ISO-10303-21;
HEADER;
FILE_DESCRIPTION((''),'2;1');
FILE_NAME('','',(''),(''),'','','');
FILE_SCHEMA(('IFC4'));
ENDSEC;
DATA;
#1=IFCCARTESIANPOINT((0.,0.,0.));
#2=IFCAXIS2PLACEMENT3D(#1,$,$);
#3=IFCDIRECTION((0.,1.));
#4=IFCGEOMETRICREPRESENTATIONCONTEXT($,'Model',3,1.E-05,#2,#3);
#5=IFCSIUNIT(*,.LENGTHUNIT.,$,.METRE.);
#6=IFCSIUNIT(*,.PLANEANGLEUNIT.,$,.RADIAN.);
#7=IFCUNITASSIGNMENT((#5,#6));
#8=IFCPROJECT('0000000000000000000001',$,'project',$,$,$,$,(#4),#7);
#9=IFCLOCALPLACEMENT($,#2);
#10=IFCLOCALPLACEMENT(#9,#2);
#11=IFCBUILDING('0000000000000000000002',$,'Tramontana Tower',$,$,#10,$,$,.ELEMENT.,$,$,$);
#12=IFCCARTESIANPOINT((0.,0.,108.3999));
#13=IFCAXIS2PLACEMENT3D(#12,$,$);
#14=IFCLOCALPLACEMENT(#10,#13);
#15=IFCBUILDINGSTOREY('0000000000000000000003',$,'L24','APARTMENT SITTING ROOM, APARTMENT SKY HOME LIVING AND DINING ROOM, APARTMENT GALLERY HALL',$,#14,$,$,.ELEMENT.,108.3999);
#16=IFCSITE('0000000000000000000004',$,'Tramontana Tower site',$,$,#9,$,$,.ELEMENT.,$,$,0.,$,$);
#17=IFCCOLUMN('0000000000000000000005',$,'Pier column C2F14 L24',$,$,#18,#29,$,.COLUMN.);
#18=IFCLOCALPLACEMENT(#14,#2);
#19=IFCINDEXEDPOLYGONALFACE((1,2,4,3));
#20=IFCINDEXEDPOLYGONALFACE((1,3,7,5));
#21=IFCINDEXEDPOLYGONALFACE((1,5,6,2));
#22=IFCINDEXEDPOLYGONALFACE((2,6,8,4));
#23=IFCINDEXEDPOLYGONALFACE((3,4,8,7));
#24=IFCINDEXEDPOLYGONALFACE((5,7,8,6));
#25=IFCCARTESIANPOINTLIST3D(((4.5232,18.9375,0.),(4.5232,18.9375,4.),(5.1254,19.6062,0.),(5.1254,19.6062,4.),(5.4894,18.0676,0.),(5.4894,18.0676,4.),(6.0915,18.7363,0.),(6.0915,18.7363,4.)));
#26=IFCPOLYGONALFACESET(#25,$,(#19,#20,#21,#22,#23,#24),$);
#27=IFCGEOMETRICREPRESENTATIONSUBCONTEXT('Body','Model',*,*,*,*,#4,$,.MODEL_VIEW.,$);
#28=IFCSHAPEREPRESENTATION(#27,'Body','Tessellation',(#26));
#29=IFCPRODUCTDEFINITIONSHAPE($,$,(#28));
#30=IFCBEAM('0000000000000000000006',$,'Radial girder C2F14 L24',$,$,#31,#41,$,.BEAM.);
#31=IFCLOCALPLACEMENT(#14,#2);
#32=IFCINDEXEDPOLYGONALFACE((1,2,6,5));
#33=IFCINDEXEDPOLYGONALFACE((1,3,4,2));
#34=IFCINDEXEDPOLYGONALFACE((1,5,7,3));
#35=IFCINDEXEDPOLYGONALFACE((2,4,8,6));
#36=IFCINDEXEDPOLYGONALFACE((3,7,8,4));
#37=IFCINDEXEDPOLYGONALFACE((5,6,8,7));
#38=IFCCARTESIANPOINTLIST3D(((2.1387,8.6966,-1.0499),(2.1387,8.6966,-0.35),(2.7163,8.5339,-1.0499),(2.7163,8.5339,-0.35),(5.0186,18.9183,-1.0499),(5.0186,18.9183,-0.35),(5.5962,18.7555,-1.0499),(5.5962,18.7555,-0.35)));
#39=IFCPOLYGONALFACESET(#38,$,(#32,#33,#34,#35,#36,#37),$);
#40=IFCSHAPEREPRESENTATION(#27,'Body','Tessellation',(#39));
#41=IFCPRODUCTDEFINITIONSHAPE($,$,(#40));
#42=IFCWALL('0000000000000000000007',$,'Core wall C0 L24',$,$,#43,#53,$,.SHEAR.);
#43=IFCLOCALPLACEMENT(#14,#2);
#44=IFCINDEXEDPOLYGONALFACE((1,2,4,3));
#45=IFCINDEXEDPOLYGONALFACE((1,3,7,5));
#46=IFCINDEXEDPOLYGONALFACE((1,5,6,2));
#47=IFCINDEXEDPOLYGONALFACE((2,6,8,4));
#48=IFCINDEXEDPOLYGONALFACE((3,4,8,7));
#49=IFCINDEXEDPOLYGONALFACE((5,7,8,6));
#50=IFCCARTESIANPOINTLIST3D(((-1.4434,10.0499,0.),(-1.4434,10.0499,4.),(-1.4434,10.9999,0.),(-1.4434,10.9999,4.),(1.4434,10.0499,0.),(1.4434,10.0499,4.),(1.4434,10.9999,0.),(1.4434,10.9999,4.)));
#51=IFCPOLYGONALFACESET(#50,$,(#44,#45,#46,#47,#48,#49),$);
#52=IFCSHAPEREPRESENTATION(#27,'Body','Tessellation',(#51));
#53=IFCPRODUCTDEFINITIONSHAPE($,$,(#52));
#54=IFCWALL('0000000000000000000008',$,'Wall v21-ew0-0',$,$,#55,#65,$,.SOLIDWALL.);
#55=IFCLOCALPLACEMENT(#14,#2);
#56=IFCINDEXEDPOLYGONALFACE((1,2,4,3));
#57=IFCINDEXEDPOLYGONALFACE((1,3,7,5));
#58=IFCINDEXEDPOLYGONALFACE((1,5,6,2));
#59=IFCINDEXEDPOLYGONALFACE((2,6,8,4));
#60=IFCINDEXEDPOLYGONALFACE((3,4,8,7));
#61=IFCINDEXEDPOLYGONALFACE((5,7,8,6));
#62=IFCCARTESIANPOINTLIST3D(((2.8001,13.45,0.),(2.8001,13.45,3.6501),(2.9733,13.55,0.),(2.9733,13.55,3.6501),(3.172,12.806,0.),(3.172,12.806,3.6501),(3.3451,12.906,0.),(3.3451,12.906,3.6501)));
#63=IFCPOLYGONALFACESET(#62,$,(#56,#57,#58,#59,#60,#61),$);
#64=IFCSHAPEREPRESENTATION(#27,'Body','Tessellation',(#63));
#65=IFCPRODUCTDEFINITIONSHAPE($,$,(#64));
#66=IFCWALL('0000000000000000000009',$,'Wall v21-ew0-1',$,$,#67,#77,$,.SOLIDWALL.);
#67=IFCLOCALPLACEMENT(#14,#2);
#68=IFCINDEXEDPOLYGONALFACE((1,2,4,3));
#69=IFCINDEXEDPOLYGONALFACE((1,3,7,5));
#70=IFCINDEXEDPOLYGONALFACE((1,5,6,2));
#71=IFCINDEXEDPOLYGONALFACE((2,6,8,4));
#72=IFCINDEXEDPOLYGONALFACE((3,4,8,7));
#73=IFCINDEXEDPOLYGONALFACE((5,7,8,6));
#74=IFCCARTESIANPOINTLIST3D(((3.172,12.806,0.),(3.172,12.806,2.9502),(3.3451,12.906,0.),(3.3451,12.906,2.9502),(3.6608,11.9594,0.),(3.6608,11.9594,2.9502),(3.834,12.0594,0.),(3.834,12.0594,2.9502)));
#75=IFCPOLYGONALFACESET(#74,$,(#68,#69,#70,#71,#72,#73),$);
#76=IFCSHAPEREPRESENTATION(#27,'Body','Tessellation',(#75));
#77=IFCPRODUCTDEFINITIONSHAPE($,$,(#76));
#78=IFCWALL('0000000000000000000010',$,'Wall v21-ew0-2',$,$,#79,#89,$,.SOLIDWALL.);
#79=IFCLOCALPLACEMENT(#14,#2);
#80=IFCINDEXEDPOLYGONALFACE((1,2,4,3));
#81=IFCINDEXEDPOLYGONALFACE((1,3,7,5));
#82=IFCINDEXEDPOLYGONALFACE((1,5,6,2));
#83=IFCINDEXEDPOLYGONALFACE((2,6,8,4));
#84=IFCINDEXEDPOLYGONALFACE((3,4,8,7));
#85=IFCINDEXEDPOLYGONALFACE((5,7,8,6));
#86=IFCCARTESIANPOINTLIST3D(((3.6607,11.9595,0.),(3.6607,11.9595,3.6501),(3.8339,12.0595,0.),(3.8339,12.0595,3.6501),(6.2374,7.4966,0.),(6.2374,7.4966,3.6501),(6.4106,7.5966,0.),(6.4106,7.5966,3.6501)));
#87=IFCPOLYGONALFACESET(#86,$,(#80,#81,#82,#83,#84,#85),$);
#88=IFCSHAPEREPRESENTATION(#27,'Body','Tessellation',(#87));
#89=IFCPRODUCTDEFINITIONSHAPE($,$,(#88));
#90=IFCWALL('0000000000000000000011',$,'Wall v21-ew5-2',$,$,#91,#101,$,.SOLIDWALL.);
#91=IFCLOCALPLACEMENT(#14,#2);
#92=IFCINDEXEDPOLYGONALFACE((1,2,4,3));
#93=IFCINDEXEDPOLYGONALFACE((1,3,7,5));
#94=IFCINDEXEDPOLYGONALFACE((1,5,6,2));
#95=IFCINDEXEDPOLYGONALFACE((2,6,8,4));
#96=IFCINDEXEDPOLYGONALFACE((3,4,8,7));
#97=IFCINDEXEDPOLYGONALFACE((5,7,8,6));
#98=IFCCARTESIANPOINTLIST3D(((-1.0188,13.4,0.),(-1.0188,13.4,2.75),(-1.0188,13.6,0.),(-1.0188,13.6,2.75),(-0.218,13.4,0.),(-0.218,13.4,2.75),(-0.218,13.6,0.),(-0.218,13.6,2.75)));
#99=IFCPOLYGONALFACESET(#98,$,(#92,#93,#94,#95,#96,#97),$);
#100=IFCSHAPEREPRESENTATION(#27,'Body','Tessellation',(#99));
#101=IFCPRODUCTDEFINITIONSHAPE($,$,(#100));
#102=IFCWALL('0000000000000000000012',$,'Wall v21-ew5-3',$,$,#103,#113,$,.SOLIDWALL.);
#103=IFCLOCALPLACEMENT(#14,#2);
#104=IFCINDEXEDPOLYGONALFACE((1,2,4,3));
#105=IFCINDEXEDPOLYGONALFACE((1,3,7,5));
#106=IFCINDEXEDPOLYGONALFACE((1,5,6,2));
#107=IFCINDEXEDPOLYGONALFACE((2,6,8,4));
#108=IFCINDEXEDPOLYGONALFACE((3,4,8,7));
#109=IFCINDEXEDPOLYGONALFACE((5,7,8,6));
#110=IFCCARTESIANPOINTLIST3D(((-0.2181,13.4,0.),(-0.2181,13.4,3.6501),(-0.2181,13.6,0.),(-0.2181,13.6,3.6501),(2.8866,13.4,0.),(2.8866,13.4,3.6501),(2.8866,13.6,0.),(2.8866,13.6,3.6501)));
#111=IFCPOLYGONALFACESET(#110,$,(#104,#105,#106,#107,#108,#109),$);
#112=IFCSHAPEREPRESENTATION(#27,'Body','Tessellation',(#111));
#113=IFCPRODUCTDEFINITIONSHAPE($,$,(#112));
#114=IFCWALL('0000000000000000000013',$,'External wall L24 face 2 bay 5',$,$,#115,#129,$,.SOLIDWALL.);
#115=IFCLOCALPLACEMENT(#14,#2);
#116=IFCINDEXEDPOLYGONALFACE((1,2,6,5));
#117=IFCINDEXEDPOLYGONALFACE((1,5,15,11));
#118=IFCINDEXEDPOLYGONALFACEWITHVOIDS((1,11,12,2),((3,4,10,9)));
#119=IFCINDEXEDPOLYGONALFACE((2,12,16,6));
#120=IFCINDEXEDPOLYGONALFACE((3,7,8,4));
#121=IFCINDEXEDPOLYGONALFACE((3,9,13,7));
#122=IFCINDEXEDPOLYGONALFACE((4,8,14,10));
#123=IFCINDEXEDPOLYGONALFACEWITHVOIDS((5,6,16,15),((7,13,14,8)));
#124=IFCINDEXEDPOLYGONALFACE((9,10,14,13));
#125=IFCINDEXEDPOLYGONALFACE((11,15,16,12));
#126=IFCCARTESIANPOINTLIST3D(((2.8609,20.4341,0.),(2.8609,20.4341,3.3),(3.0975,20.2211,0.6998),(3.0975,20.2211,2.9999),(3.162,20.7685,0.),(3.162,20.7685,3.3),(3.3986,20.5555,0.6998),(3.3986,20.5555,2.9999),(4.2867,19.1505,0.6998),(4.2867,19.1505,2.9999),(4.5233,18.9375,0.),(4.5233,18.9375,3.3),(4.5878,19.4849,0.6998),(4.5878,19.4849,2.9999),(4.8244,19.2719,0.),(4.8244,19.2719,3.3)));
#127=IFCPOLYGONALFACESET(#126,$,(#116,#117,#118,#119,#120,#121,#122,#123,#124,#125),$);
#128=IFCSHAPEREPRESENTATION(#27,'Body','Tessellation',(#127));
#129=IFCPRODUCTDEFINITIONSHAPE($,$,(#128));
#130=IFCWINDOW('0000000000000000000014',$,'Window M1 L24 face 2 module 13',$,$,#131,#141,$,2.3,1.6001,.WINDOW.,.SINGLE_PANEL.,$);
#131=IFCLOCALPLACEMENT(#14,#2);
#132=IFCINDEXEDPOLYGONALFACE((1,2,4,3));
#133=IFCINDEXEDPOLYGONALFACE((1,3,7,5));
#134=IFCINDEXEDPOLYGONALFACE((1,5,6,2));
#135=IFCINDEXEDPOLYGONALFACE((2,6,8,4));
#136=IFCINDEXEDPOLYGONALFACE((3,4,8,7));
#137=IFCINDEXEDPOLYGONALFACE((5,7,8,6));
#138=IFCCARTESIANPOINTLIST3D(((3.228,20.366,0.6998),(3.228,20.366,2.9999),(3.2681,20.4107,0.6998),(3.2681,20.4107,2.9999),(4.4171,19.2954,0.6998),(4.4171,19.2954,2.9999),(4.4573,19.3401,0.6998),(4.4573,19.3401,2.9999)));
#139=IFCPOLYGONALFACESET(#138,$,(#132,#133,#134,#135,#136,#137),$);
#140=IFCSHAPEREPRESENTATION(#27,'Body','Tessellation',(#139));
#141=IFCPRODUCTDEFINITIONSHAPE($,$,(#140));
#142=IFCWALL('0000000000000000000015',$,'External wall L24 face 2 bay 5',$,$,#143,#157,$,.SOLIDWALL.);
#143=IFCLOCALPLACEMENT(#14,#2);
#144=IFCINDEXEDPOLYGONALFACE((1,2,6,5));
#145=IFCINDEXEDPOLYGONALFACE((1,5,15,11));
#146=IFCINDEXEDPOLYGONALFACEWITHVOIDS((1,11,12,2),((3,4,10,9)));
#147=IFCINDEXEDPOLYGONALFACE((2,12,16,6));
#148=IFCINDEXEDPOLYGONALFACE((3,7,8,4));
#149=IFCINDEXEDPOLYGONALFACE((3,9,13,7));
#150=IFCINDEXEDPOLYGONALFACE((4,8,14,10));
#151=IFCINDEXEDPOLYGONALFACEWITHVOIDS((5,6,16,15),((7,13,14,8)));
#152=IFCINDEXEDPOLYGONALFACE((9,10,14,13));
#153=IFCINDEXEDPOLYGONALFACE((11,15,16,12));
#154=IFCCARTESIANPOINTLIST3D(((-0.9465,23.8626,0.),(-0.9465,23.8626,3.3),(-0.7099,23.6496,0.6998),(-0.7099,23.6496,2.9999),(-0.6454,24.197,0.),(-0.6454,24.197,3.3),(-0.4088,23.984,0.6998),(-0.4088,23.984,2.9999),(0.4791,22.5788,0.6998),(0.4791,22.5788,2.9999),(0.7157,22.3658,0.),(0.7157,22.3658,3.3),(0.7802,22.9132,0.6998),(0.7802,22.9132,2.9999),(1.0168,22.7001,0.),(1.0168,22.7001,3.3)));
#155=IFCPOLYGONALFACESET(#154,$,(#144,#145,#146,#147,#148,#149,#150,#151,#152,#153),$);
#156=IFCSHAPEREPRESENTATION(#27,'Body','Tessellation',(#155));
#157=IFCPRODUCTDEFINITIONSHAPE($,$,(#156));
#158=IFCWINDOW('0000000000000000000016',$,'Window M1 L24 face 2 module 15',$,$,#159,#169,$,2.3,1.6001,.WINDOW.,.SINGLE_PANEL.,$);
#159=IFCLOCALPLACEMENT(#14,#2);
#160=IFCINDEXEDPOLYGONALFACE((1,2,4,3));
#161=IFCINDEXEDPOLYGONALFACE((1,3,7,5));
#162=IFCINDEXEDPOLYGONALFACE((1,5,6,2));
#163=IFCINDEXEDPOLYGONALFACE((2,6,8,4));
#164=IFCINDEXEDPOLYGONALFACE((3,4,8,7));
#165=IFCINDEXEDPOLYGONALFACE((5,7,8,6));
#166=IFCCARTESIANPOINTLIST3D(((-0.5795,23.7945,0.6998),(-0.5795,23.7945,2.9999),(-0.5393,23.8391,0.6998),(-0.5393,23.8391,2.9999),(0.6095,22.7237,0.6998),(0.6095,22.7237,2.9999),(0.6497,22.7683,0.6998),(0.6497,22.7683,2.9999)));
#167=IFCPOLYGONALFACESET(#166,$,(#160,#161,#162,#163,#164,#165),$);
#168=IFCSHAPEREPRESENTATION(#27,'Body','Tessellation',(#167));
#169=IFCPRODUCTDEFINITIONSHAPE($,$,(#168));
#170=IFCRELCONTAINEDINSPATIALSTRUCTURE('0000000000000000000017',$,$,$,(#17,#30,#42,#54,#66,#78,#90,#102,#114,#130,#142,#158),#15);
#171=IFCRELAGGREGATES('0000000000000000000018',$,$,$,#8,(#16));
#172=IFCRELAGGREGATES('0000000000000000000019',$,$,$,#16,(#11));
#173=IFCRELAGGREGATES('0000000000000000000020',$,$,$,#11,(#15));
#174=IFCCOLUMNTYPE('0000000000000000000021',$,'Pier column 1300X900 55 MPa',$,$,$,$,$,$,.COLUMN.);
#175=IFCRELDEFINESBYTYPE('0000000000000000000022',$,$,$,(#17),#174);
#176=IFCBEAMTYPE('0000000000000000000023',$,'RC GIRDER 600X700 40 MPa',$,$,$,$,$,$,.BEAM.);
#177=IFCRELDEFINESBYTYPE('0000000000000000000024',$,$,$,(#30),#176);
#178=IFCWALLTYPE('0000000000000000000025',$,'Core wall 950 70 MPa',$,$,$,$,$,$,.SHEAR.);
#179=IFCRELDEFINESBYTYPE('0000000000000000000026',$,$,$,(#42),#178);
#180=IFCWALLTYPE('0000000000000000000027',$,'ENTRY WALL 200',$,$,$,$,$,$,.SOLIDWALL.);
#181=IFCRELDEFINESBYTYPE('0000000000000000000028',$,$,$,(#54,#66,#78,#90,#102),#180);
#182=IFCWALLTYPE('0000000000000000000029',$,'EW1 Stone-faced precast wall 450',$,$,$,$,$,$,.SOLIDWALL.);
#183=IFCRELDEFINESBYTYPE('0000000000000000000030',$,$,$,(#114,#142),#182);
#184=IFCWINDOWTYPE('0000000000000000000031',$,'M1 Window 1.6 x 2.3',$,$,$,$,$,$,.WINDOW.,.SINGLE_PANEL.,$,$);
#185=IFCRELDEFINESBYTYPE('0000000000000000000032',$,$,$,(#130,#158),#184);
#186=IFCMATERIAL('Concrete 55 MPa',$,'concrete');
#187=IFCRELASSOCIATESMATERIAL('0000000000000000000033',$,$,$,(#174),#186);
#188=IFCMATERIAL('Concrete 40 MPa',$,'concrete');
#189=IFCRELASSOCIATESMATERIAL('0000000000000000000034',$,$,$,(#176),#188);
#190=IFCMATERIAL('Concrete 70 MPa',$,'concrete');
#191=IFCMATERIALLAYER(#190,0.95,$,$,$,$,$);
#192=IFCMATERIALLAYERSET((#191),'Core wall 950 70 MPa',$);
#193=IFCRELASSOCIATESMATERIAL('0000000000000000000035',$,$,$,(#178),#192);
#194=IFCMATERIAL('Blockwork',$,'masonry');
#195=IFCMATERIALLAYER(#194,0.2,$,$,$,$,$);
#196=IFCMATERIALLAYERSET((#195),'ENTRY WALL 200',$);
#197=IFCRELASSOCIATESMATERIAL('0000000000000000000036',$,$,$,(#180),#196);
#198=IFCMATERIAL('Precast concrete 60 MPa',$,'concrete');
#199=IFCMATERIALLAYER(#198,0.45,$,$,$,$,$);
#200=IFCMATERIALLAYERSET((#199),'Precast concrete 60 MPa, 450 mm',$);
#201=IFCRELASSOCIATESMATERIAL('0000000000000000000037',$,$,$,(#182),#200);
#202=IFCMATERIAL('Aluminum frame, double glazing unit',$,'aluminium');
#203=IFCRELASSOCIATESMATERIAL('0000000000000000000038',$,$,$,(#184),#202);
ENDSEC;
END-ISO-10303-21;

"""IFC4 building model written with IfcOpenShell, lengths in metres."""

from ifc_helpers import new_model, si_unit, direction, frame, frame_2d, origin, origin_2d, place, context, subcontext, project, spatial, rectangle, extrude, material, layer, layer_set, material_profile, profile_set, type_object, element, fill, save


model = new_model("IFC4")

# Units and contexts
model_context = context("Model", 3, precision=1e-05, world=origin(), true_north=direction((0.0, 1.0)))
body_context = subcontext(model_context, "Body", "Model", "MODEL_VIEW")
ifc_project = project(units=[si_unit("LENGTHUNIT", "METRE"), si_unit("PLANEANGLEUNIT", "RADIAN")], contexts=[model_context])

# Site, building, storey
site_placement = place(None, origin())
site = spatial("IfcSite", under=ifc_project, at=site_placement, Name="Tramontana Tower site", CompositionType="ELEMENT", RefElevation=0.0)
building_placement = place(site_placement, origin())
building = spatial("IfcBuilding", under=site, at=building_placement, Name="Tramontana Tower", CompositionType="ELEMENT")
storey_placement = place(building_placement, frame((0.0, 0.0, 108.3999)))
storey = spatial("IfcBuildingStorey", under=building, at=storey_placement, Name="L24", Description="APARTMENT SITTING ROOM, APARTMENT SKY HOME LIVING AND DINING ROOM, APARTMENT GALLERY HALL", CompositionType="ELEMENT", Elevation=108.3999)

# Column
ifc_material_1 = material(Name="Concrete 55 MPa", Category="concrete")
ifc_material_profile_1 = material_profile(ifc_material_1, rectangle(XDim=1.3, YDim=0.8999, at=origin_2d()), Name="Pier column 1300X900 55 MPa")
ifc_profile_set_1 = profile_set([ifc_material_profile_1], Name="Concrete 55 MPa")
column_type = type_object("IfcColumnType", Name="Pier column 1300X900 55 MPa", PredefinedType="COLUMN", material=ifc_profile_set_1)
column_placement = place(storey_placement, frame((5.3074, 18.8369, 0.0), z_axis=(0.0, 0.0, 1.0), x_axis=(-0.743145, 0.669131, 0.0)))
element("IfcColumn", 1, at=column_placement, inside=storey, type_object=column_type, Name="Pier column C2F14 L24", PredefinedType="COLUMN", context=body_context, shape_type="SweptSolid", body=[
    extrude(rectangle(XDim=1.3, YDim=0.8999, at=origin_2d()), origin(), (0.0, 0.0, 1.0), 4.0),
])

# Beam
ifc_material_2 = material(Name="Concrete 40 MPa", Category="concrete")
ifc_material_profile_2 = material_profile(ifc_material_2, rectangle(XDim=0.6001, YDim=0.7, at=origin_2d()), Name="RC GIRDER 600X700 40 MPa")
ifc_profile_set_2 = profile_set([ifc_material_profile_2], Name="Concrete 40 MPa")
beam_type = type_object("IfcBeamType", Name="RC GIRDER 600X700 40 MPa", PredefinedType="BEAM", material=ifc_profile_set_2)
beam_placement = place(storey_placement, frame((5.3074, 18.8369, -0.7), z_axis=(-0.271185, -0.962527, 0.0), x_axis=(0.962527, -0.271185, 0.0)))
element("IfcBeam", 2, at=beam_placement, inside=storey, type_object=beam_type, Name="Radial girder C2F14 L24", PredefinedType="BEAM", context=body_context, shape_type="SweptSolid", body=[
    extrude(rectangle(XDim=0.6001, YDim=0.7, at=origin_2d()), origin(), (0.0, 0.0, 1.0), 10.6196),
])

# Walls
ifc_material_3 = material(Name="Concrete 70 MPa", Category="concrete")
ifc_layer_1 = layer(ifc_material_3, 0.95)
ifc_layer_set_1 = layer_set([ifc_layer_1], Name="Core wall 950 70 MPa")
wall_type_1 = type_object("IfcWallType", Name="Core wall 950 70 MPa", PredefinedType="SHEAR", material=ifc_layer_set_1)
wall_1_placement = place(storey_placement, frame((1.4434, 10.5249, 0.0), z_axis=(0.0, 0.0, 1.0), x_axis=(-1.0, 0.0, 0.0)))
element("IfcWall", 3, at=wall_1_placement, inside=storey, type_object=wall_type_1, Name="Core wall C0 L24", PredefinedType="SHEAR", context=body_context, shape_type="SweptSolid", body=[
    extrude(rectangle(XDim=2.8867, YDim=0.95, at=frame_2d((1.4434, 0.0))), origin(), (0.0, 0.0, 1.0), 4.0),
])
ifc_material_4 = material(Name="Blockwork", Category="masonry")
ifc_layer_2 = layer(ifc_material_4, 0.2)
ifc_layer_set_2 = layer_set([ifc_layer_2], Name="ENTRY WALL 200")
wall_type_2 = type_object("IfcWallType", Name="ENTRY WALL 200", PredefinedType="SOLIDWALL", material=ifc_layer_set_2)
wall_2_placement = place(storey_placement, frame((2.8867, 13.5, 0.0), z_axis=(0.0, 0.0, 1.0), x_axis=(0.499988, -0.866033, 0.0)))
element("IfcWall", 4, at=wall_2_placement, inside=storey, type_object=wall_type_2, Name="Wall v21-ew0-0", PredefinedType="SOLIDWALL", context=body_context, shape_type="SweptSolid", body=[
    extrude(rectangle(XDim=0.7437, YDim=0.2, at=frame_2d((0.3718, 0.0))), origin(), (0.0, 0.0, 1.0), 3.6501),
])
wall_3_placement = place(storey_placement, frame((3.2585, 12.856, 0.0), z_axis=(0.0, 0.0, 1.0), x_axis=(0.500061, -0.86599, 0.0)))
element("IfcWall", 5, at=wall_3_placement, inside=storey, type_object=wall_type_2, Name="Wall v21-ew0-1", PredefinedType="SOLIDWALL", context=body_context, shape_type="SweptSolid", body=[
    extrude(rectangle(XDim=0.9775, YDim=0.2, at=frame_2d((0.4888, 0.0))), origin(), (0.0, 0.0, 1.0), 2.9502),
])
wall_4_placement = place(storey_placement, frame((3.7473, 12.0095, 0.0), z_axis=(0.0, 0.0, 1.0), x_axis=(0.500001, -0.866025, 0.0)))
element("IfcWall", 6, at=wall_4_placement, inside=storey, type_object=wall_type_2, Name="Wall v21-ew0-2", PredefinedType="SOLIDWALL", context=body_context, shape_type="SweptSolid", body=[
    extrude(rectangle(XDim=5.1533, YDim=0.2, at=frame_2d((2.5767, 0.0))), origin(), (0.0, 0.0, 1.0), 3.6501),
])
wall_5_placement = place(storey_placement, frame((-1.0188, 13.5, 0.0), z_axis=(0.0, 0.0, 1.0), x_axis=(1.0, 0.0, 0.0)))
element("IfcWall", 7, at=wall_5_placement, inside=storey, type_object=wall_type_2, Name="Wall v21-ew5-2", PredefinedType="SOLIDWALL", context=body_context, shape_type="SweptSolid", body=[
    extrude(rectangle(XDim=0.8008, YDim=0.2, at=frame_2d((0.4004, 0.0))), origin(), (0.0, 0.0, 1.0), 2.75),
])
wall_6_placement = place(storey_placement, frame((-0.218, 13.5, 0.0), z_axis=(0.0, 0.0, 1.0), x_axis=(1.0, 0.0, 0.0)))
element("IfcWall", 8, at=wall_6_placement, inside=storey, type_object=wall_type_2, Name="Wall v21-ew5-3", PredefinedType="SOLIDWALL", context=body_context, shape_type="SweptSolid", body=[
    extrude(rectangle(XDim=3.1047, YDim=0.2, at=frame_2d((1.5522, 0.0))), origin(), (0.0, 0.0, 1.0), 3.6501),
])

# Walls, openings, windows
ifc_material_5 = material(Name="Precast concrete 60 MPa", Category="concrete")
ifc_layer_3 = layer(ifc_material_5, 0.45)
ifc_layer_set_3 = layer_set([ifc_layer_3], Name="Precast concrete 60 MPa, 450 mm")
wall_type_3 = type_object("IfcWallType", Name="EW1 Stone-faced precast wall 450", PredefinedType="SOLIDWALL", material=ifc_layer_set_3)
wall_7_placement = place(storey_placement, frame((4.6738, 19.1047, 0.0), z_axis=(0.0, 0.0, 1.0), x_axis=(-0.743191, 0.669079, 0.0)))
wall_7 = element("IfcWall", 9, at=wall_7_placement, inside=storey, type_object=wall_type_3, Name="External wall L24 face 2 bay 5", PredefinedType="SOLIDWALL", context=body_context, shape_type="SweptSolid", body=[
    extrude(rectangle(XDim=2.2368, YDim=0.45, at=frame_2d((1.1184, 0.0))), origin(), (0.0, 0.0, 1.0), 3.3),
])
opening_1_placement = place(wall_7_placement, frame((0.3184, 0.0, 0.7)))
opening_1 = element("IfcOpeningElement", 10, at=opening_1_placement, cuts=wall_7, PredefinedType="OPENING", context=body_context, shape_type="SweptSolid", body=[
    extrude(rectangle(XDim=1.6001, YDim=2.3, at=frame_2d((0.8, 1.1499))), frame((0.0, 0.2349, 0.0), z_axis=(0.0, -1.0, 0.0), x_axis=(1.0, 0.0, 0.0)), (0.0, 0.0, 1.0), 0.47),
])
ifc_material_6 = material(Name="Aluminum frame, double glazing unit", Category="aluminium")
window_type = type_object("IfcWindowType", Name="M1 Window 1.6 x 2.3", PartitioningType="SINGLE_PANEL", PredefinedType="WINDOW", material=ifc_material_6)
window_1_placement = place(opening_1_placement, origin())
window_1 = element("IfcWindow", 11, at=window_1_placement, inside=storey, type_object=window_type, Name="Window M1 L24 face 2 module 13", OverallHeight=2.3, OverallWidth=1.6001, PartitioningType="SINGLE_PANEL", PredefinedType="WINDOW", context=body_context, shape_type="SweptSolid", body=[
    extrude(rectangle(XDim=1.6001, YDim=2.3, at=frame_2d((0.8, 1.1499))), frame((0.0, 0.03, 0.0), z_axis=(0.0, -1.0, 0.0), x_axis=(1.0, 0.0, 0.0)), (0.0, 0.0, 1.0), 0.0601),
])
fill(opening_1, window_1)
wall_8_placement = place(storey_placement, frame((0.8662, 22.533, 0.0), z_axis=(0.0, 0.0, 1.0), x_axis=(-0.743088, 0.669194, 0.0)))
wall_8 = element("IfcWall", 12, at=wall_8_placement, inside=storey, type_object=wall_type_3, Name="External wall L24 face 2 bay 5", PredefinedType="SOLIDWALL", context=body_context, shape_type="SweptSolid", body=[
    extrude(rectangle(XDim=2.2368, YDim=0.45, at=frame_2d((1.1184, 0.0))), origin(), (0.0, 0.0, 1.0), 3.3),
])
opening_2_placement = place(wall_8_placement, frame((0.3184, 0.0, 0.7)))
opening_2 = element("IfcOpeningElement", 13, at=opening_2_placement, cuts=wall_8, PredefinedType="OPENING", context=body_context, shape_type="SweptSolid", body=[
    extrude(rectangle(XDim=1.6001, YDim=2.3, at=frame_2d((0.8, 1.1499))), frame((0.0, 0.2349, 0.0), z_axis=(0.0, -1.0, 0.0), x_axis=(1.0, 0.0, 0.0)), (0.0, 0.0, 1.0), 0.47),
])
window_2_placement = place(opening_2_placement, origin())
window_2 = element("IfcWindow", 14, at=window_2_placement, inside=storey, type_object=window_type, Name="Window M1 L24 face 2 module 15", OverallHeight=2.3, OverallWidth=1.6001, PartitioningType="SINGLE_PANEL", PredefinedType="WINDOW", context=body_context, shape_type="SweptSolid", body=[
    extrude(rectangle(XDim=1.6001, YDim=2.3, at=frame_2d((0.8, 1.1499))), frame((0.0, 0.03, 0.0), z_axis=(0.0, -1.0, 0.0), x_axis=(1.0, 0.0, 0.0)), (0.0, 0.0, 1.0), 0.0601),
])
fill(opening_2, window_2)

save(model, "model.ifc")
